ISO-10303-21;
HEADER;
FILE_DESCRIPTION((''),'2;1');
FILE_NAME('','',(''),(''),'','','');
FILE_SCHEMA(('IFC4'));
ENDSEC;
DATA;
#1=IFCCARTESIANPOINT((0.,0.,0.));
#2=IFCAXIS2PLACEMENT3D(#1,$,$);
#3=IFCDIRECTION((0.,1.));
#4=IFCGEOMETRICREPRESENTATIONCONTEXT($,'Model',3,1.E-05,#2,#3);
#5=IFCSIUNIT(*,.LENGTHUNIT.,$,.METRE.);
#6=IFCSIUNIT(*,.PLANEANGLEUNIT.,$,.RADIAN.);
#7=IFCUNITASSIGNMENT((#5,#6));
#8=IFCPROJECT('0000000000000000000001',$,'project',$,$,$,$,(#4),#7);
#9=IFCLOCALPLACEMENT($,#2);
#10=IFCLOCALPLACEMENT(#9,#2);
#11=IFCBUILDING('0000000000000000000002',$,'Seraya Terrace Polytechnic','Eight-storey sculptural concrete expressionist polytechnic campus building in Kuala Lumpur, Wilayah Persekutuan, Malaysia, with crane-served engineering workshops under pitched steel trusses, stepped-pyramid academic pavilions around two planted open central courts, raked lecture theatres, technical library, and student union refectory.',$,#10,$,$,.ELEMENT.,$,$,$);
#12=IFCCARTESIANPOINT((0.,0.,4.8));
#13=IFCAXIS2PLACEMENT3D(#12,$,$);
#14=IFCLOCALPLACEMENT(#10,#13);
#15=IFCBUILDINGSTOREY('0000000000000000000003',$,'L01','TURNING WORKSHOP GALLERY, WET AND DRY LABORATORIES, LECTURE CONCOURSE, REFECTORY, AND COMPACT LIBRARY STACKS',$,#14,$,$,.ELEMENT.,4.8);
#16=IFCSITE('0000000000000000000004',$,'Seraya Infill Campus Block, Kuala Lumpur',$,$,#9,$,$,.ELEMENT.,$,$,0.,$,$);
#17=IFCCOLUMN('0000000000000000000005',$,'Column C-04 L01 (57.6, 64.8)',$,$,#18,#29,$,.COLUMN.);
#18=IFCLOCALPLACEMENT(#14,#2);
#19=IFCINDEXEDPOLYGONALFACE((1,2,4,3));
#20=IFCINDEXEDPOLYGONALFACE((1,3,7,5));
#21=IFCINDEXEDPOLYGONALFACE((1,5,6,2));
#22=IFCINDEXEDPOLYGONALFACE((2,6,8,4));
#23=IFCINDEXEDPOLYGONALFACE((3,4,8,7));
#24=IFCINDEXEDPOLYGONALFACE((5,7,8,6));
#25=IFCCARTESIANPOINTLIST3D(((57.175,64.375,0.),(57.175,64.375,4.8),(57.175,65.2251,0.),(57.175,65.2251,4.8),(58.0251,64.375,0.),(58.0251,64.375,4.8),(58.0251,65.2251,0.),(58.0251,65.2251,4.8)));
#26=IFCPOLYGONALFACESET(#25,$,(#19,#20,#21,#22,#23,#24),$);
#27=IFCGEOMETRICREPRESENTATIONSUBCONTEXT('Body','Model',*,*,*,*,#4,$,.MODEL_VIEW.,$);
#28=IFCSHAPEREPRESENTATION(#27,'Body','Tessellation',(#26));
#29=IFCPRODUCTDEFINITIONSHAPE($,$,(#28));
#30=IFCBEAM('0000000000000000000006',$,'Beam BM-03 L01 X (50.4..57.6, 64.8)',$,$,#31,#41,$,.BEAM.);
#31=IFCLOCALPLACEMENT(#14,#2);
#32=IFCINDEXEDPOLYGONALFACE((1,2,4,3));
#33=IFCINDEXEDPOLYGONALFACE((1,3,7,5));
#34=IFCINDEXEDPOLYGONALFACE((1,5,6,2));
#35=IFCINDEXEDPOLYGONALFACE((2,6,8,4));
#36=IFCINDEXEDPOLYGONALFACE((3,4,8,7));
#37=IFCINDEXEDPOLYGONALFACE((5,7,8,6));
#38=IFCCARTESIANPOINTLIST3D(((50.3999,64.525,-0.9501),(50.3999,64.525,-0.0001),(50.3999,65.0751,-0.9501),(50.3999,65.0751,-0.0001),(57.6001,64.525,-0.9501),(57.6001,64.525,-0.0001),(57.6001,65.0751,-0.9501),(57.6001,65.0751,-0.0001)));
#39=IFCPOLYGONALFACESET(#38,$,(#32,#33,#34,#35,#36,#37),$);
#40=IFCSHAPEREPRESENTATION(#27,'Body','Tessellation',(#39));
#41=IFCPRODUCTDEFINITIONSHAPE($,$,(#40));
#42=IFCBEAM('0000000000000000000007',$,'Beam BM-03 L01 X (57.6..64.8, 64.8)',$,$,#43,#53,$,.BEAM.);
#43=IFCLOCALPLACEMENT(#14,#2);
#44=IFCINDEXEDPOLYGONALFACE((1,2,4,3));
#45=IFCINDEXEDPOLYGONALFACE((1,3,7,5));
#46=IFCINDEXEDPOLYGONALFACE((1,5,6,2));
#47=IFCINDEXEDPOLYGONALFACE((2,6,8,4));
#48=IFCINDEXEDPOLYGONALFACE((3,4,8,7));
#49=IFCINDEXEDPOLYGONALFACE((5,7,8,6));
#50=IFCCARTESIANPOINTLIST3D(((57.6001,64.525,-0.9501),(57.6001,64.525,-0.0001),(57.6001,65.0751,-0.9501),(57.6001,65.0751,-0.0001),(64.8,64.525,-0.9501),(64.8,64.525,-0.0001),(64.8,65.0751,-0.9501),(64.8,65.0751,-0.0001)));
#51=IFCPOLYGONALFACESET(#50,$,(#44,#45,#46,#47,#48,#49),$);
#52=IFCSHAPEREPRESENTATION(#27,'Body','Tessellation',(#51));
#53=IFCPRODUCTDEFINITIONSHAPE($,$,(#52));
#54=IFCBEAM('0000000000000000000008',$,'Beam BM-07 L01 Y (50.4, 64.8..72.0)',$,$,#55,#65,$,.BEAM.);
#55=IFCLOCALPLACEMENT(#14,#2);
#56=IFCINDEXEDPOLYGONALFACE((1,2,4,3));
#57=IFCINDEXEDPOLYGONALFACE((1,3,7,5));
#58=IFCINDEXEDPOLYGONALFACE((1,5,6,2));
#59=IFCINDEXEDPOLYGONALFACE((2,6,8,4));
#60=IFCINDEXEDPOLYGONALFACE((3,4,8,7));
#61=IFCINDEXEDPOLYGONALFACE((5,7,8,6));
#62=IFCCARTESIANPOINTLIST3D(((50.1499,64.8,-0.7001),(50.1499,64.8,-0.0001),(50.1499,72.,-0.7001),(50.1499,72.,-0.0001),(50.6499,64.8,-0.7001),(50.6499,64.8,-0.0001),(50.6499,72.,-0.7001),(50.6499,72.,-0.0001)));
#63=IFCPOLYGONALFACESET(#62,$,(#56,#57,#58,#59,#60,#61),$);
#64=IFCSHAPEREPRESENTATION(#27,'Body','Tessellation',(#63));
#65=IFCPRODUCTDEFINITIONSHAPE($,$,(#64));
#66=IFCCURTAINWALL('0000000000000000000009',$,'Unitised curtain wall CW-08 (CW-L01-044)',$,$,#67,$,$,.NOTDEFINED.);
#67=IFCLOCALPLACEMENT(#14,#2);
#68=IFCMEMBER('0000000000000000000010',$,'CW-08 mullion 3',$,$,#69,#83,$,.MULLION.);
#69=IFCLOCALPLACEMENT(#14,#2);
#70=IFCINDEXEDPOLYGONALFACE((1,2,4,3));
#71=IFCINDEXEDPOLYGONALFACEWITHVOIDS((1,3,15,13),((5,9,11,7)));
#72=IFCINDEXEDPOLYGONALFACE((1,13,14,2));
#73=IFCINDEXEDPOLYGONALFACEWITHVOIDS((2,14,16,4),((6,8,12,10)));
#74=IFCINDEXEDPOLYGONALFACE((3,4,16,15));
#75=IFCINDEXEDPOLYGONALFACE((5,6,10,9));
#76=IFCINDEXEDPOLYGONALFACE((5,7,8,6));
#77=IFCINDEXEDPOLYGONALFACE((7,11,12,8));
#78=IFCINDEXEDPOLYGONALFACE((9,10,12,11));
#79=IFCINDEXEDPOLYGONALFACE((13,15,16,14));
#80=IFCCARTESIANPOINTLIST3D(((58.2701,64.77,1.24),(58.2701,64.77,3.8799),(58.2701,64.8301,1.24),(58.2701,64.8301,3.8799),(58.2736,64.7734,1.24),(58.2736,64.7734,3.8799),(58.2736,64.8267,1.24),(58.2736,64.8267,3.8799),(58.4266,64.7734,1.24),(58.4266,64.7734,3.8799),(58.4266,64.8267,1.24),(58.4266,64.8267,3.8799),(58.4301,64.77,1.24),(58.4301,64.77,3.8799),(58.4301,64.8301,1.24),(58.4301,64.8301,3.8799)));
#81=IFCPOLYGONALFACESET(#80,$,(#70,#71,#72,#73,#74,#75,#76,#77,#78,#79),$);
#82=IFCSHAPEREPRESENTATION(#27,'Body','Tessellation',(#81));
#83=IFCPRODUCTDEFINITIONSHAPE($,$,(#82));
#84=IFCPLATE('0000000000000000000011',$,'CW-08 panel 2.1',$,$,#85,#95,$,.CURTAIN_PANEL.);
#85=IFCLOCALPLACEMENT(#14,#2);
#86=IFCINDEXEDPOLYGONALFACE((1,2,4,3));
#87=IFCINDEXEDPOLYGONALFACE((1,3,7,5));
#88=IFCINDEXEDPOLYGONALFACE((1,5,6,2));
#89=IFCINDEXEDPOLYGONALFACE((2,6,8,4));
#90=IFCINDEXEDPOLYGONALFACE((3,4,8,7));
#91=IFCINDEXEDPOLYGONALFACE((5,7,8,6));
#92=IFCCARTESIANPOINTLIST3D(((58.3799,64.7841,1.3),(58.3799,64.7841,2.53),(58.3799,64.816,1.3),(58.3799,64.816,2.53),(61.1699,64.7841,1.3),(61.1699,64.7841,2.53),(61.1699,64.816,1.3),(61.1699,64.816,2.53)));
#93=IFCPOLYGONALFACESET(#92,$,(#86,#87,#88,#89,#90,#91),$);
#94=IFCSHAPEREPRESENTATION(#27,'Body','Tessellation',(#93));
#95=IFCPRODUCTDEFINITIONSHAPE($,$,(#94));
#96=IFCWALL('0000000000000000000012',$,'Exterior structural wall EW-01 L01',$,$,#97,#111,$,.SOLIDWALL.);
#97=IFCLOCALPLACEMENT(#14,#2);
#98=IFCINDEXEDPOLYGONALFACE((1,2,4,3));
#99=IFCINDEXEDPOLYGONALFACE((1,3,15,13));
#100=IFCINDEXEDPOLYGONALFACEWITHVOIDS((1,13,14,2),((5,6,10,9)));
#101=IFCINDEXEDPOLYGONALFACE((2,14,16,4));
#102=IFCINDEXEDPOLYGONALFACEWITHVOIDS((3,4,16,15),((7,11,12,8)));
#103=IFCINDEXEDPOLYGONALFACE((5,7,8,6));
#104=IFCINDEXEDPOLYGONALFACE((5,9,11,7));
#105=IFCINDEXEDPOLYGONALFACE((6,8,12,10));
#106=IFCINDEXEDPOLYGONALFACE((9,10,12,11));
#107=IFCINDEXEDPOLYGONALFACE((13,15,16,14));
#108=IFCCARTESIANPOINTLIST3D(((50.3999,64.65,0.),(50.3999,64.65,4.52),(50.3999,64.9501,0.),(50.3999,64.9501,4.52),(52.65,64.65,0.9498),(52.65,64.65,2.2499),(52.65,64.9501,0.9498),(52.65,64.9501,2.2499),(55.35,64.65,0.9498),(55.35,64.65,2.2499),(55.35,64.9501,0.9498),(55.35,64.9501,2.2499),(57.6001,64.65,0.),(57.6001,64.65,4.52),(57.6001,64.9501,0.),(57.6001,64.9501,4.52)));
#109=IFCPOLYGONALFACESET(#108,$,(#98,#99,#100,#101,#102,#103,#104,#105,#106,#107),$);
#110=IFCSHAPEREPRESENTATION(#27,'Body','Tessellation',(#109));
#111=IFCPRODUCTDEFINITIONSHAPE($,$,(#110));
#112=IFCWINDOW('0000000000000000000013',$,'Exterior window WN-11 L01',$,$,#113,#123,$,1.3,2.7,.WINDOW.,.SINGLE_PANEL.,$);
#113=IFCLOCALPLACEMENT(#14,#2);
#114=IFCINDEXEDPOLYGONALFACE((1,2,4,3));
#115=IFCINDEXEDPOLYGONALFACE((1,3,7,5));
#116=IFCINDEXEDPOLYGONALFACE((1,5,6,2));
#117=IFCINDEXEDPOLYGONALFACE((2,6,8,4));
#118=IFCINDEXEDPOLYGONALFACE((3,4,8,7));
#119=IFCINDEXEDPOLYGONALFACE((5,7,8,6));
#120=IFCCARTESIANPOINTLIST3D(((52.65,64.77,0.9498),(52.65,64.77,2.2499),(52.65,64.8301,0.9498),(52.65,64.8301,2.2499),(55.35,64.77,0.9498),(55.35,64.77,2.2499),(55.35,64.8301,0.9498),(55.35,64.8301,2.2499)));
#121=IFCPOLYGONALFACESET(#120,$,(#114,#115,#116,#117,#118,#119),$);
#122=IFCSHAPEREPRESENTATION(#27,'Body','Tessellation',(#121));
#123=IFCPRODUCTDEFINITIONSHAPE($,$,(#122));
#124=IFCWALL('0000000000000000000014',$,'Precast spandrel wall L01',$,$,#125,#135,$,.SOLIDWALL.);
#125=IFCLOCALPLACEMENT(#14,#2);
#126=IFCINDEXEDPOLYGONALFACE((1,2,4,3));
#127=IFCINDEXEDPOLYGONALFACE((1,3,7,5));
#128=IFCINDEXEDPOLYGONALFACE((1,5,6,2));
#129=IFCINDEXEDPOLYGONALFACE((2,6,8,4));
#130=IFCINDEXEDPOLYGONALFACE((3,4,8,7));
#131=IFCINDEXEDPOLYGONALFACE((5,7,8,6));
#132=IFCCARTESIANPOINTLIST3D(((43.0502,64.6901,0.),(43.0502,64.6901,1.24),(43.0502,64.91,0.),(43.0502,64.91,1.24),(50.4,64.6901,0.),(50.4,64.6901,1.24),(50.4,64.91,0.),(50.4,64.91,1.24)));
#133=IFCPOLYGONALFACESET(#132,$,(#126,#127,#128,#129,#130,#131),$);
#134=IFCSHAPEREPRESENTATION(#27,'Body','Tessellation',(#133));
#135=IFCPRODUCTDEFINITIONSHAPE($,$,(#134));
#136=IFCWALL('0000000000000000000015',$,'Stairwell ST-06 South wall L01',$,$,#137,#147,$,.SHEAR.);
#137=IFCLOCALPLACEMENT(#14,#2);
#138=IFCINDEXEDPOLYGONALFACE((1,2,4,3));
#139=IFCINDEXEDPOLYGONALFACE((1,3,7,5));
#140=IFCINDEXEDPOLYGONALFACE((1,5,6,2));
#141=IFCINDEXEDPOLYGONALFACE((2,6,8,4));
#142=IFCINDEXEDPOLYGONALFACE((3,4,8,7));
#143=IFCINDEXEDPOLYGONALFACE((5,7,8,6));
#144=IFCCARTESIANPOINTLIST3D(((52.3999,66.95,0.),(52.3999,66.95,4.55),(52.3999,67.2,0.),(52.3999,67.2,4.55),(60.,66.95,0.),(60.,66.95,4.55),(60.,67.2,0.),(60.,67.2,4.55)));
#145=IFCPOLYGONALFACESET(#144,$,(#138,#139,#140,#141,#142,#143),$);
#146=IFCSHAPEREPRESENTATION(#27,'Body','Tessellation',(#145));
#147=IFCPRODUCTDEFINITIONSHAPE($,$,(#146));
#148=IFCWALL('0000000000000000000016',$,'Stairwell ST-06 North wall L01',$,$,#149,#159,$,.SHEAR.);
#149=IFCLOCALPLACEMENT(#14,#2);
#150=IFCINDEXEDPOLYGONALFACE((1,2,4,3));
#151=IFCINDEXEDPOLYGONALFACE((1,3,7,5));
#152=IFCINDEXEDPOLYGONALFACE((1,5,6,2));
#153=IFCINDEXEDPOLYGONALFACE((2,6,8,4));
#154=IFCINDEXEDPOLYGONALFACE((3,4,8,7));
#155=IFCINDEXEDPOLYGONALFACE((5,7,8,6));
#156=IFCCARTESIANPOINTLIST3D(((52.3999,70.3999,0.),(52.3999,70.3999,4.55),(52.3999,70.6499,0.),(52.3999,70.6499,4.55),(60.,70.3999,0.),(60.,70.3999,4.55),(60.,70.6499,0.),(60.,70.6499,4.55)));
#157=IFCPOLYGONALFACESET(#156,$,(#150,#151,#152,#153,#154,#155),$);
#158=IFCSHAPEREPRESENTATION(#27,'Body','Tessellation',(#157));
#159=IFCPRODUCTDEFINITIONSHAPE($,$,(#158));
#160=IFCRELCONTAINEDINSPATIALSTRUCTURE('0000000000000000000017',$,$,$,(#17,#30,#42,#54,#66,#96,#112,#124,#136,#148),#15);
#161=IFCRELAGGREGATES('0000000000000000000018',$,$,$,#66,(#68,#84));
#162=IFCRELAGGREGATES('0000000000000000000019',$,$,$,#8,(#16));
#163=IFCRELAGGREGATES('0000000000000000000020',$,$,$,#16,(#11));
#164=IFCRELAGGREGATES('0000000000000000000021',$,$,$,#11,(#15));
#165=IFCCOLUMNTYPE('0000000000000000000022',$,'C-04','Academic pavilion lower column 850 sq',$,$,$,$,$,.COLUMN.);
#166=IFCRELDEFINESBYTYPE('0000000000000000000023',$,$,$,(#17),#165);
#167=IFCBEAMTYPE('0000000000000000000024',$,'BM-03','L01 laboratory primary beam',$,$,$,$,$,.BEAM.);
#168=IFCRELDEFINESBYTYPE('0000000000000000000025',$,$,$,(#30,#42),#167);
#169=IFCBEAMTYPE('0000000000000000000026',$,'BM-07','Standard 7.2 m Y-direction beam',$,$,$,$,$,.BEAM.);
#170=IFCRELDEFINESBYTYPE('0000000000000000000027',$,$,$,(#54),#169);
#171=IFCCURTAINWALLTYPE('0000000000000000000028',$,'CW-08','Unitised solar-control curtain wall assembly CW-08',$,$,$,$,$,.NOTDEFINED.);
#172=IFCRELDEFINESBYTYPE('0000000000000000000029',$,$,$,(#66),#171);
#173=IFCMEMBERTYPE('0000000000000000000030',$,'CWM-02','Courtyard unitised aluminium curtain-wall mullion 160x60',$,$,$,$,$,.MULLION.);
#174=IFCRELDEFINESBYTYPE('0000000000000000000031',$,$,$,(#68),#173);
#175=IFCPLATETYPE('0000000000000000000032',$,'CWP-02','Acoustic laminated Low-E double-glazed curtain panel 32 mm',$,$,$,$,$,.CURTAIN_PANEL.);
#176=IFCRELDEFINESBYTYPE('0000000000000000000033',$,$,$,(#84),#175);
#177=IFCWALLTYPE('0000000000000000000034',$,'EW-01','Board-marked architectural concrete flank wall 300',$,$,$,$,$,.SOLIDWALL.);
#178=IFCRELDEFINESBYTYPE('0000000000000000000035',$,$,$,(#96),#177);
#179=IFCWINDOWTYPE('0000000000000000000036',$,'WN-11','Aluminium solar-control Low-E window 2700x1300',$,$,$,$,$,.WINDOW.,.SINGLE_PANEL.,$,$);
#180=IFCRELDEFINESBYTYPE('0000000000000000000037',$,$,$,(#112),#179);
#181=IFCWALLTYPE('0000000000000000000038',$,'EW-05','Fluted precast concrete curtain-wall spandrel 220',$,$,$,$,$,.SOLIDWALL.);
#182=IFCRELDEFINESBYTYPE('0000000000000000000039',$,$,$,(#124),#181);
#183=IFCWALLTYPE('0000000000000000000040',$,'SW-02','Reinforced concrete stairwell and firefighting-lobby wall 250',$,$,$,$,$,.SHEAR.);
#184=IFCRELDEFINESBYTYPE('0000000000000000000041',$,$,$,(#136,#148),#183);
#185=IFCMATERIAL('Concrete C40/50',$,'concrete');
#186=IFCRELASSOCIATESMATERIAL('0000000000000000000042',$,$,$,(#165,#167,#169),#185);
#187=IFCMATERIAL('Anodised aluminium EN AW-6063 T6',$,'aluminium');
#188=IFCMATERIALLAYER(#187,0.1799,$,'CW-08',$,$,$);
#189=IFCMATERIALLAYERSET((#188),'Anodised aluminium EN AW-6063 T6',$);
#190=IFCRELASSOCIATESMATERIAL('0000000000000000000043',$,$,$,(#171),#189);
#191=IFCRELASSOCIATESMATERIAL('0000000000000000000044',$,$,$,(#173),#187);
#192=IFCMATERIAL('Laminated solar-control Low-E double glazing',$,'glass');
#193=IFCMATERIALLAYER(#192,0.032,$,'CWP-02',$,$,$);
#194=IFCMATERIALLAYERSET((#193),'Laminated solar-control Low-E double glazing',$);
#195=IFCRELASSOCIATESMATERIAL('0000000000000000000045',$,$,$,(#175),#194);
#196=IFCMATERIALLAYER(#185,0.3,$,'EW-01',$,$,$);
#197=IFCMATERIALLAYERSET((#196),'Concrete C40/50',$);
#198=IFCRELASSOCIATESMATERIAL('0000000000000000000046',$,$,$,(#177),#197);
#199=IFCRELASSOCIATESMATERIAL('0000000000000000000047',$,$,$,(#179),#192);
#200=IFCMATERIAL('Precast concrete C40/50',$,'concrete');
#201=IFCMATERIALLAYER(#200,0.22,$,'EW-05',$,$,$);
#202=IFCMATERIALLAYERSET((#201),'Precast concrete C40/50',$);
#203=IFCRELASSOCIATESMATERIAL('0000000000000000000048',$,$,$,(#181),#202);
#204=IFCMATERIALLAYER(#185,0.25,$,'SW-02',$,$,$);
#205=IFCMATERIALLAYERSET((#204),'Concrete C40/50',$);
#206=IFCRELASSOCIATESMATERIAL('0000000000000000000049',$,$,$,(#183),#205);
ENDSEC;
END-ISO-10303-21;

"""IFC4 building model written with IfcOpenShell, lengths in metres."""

from ifc_helpers import new_model, si_unit, direction, frame, frame_2d, origin, origin_2d, place, context, subcontext, project, spatial, rectangle, hollow_rectangle, extrude, material, layer, layer_set, material_profile, profile_set, type_object, element, fill, aggregate, save


model = new_model("IFC4")

# Units and contexts
model_context = context("Model", 3, precision=1e-05, world=origin(), true_north=direction((0.0, 1.0)))
body_context = subcontext(model_context, "Body", "Model", "MODEL_VIEW")
ifc_project = project(units=[si_unit("LENGTHUNIT", "METRE"), si_unit("PLANEANGLEUNIT", "RADIAN")], contexts=[model_context])

# Site, building, storey
site_placement = place(None, origin())
site = spatial("IfcSite", under=ifc_project, at=site_placement, Name="Seraya Infill Campus Block, Kuala Lumpur", CompositionType="ELEMENT", RefElevation=0.0)
building_placement = place(site_placement, origin())
building = spatial("IfcBuilding", under=site, at=building_placement, Name="Seraya Terrace Polytechnic", Description="Eight-storey sculptural concrete expressionist polytechnic campus building in Kuala Lumpur, Wilayah Persekutuan, Malaysia, with crane-served engineering workshops under pitched steel trusses, stepped-pyramid academic pavilions around two planted open central courts, raked lecture theatres, technical library, and student union refectory.", CompositionType="ELEMENT")
storey_placement = place(building_placement, frame((0.0, 0.0, 4.8)))
storey = spatial("IfcBuildingStorey", under=building, at=storey_placement, Name="L01", Description="TURNING WORKSHOP GALLERY, WET AND DRY LABORATORIES, LECTURE CONCOURSE, REFECTORY, AND COMPACT LIBRARY STACKS", CompositionType="ELEMENT", Elevation=4.8)

# Column
ifc_material_1 = material(Name="Concrete C40/50", Category="concrete")
ifc_material_profile_1 = material_profile(ifc_material_1, rectangle(XDim=0.8501, YDim=0.8501, at=origin_2d()), Name="RC 850x850")
ifc_profile_set_1 = profile_set([ifc_material_profile_1], Name="Concrete C40/50")
column_type = type_object("IfcColumnType", Name="C-04", Description="Academic pavilion lower column 850 sq", PredefinedType="COLUMN", material=ifc_profile_set_1)
column_placement = place(storey_placement, frame((57.6001, 64.8, 0.0), z_axis=(0.0, 0.0, 1.0), x_axis=(1.0, 0.0, 0.0)))
element("IfcColumn", 1, at=column_placement, inside=storey, type_object=column_type, Name="Column C-04 L01 (57.6, 64.8)", PredefinedType="COLUMN", context=body_context, shape_type="SweptSolid", body=[
    extrude(rectangle(XDim=0.8501, YDim=0.8501, at=origin_2d()), origin(), (0.0, 0.0, 1.0), 4.8),
])

# Beams
ifc_material_profile_2 = material_profile(ifc_material_1, rectangle(XDim=0.55, YDim=0.95, at=origin_2d()), Name="RC 550x950")
ifc_profile_set_2 = profile_set([ifc_material_profile_2], Name="Concrete C40/50")
beam_type_1 = type_object("IfcBeamType", Name="BM-03", Description="L01 laboratory primary beam", PredefinedType="BEAM", material=ifc_profile_set_2)
beam_1_placement = place(storey_placement, frame((50.3999, 64.8, -0.4751), z_axis=(1.0, 0.0, 0.0), x_axis=(0.0, 1.0, 0.0)))
element("IfcBeam", 2, at=beam_1_placement, inside=storey, type_object=beam_type_1, Name="Beam BM-03 L01 X (50.4..57.6, 64.8)", PredefinedType="BEAM", context=body_context, shape_type="SweptSolid", body=[
    extrude(rectangle(XDim=0.55, YDim=0.95, at=origin_2d()), origin(), (0.0, 0.0, 1.0), 7.2002),
])
beam_2_placement = place(storey_placement, frame((57.6001, 64.8, -0.4751), z_axis=(1.0, 0.0, 0.0), x_axis=(0.0, 1.0, 0.0)))
element("IfcBeam", 3, at=beam_2_placement, inside=storey, type_object=beam_type_1, Name="Beam BM-03 L01 X (57.6..64.8, 64.8)", PredefinedType="BEAM", context=body_context, shape_type="SweptSolid", body=[
    extrude(rectangle(XDim=0.55, YDim=0.95, at=origin_2d()), origin(), (0.0, 0.0, 1.0), 7.2),
])
ifc_material_profile_3 = material_profile(ifc_material_1, rectangle(XDim=0.5, YDim=0.7, at=origin_2d()), Name="RC 500x700")
ifc_profile_set_3 = profile_set([ifc_material_profile_3], Name="Concrete C40/50")
beam_type_2 = type_object("IfcBeamType", Name="BM-07", Description="Standard 7.2 m Y-direction beam", PredefinedType="BEAM", material=ifc_profile_set_3)
beam_3_placement = place(storey_placement, frame((50.3999, 64.8, -0.3501), z_axis=(0.0, 1.0, 0.0), x_axis=(-1.0, 0.0, 0.0)))
element("IfcBeam", 4, at=beam_3_placement, inside=storey, type_object=beam_type_2, Name="Beam BM-07 L01 Y (50.4, 64.8..72.0)", PredefinedType="BEAM", context=body_context, shape_type="SweptSolid", body=[
    extrude(rectangle(XDim=0.5, YDim=0.7, at=origin_2d()), origin(), (0.0, 0.0, 1.0), 7.2),
])

# Curtain wall, member, plate
ifc_material_2 = material(Name="Anodised aluminium EN AW-6063 T6", Category="aluminium")
ifc_layer_1 = layer(ifc_material_2, 0.1799, Name="CW-08")
ifc_layer_set_1 = layer_set([ifc_layer_1], Name="Anodised aluminium EN AW-6063 T6")
curtain_wall_type = type_object("IfcCurtainWallType", Name="CW-08", Description="Unitised solar-control curtain wall assembly CW-08", PredefinedType="NOTDEFINED", material=ifc_layer_set_1)
curtain_wall_placement = place(storey_placement, origin())
curtain_wall = element("IfcCurtainWall", 5, at=curtain_wall_placement, inside=storey, type_object=curtain_wall_type, Name="Unitised curtain wall CW-08 (CW-L01-044)", PredefinedType="NOTDEFINED")
ifc_material_profile_4 = material_profile(ifc_material_2, hollow_rectangle(XDim=0.0601, YDim=0.1599, WallThickness=0.0034, at=origin_2d()), Name="RHS 160x60x3.5")
ifc_profile_set_4 = profile_set([ifc_material_profile_4], Name="Anodised aluminium EN AW-6063 T6")
member_type = type_object("IfcMemberType", Name="CWM-02", Description="Courtyard unitised aluminium curtain-wall mullion 160x60", PredefinedType="MULLION", material=ifc_profile_set_4)
member_placement = place(storey_placement, frame((58.3501, 64.8, 1.24), z_axis=(0.0, 0.0, 1.0), x_axis=(0.0, -1.0, 0.0)))
member = element("IfcMember", 6, at=member_placement, type_object=member_type, Name="CW-08 mullion 3", PredefinedType="MULLION", context=body_context, shape_type="SweptSolid", body=[
    extrude(hollow_rectangle(XDim=0.0601, YDim=0.1599, WallThickness=0.0034, at=origin_2d()), origin(), (0.0, 0.0, 1.0), 2.6399),
])
ifc_material_3 = material(Name="Laminated solar-control Low-E double glazing", Category="glass")
ifc_layer_2 = layer(ifc_material_3, 0.032, Name="CWP-02")
ifc_layer_set_2 = layer_set([ifc_layer_2], Name="Laminated solar-control Low-E double glazing")
plate_type = type_object("IfcPlateType", Name="CWP-02", Description="Acoustic laminated Low-E double-glazed curtain panel 32 mm", PredefinedType="CURTAIN_PANEL", material=ifc_layer_set_2)
plate_placement = place(storey_placement, frame((59.7749, 64.8, 1.3), z_axis=(0.0, 0.0, 1.0), x_axis=(-1.0, 0.0, 0.0)))
plate = element("IfcPlate", 7, at=plate_placement, type_object=plate_type, Name="CW-08 panel 2.1", PredefinedType="CURTAIN_PANEL", context=body_context, shape_type="SweptSolid", body=[
    extrude(rectangle(XDim=2.79, YDim=0.032, at=origin_2d()), origin(), (0.0, 0.0, 1.0), 1.23),
])
aggregate(curtain_wall, [member, plate])

# Wall, opening, window
ifc_layer_3 = layer(ifc_material_1, 0.3, Name="EW-01")
ifc_layer_set_3 = layer_set([ifc_layer_3], Name="Concrete C40/50")
wall_type_1 = type_object("IfcWallType", Name="EW-01", Description="Board-marked architectural concrete flank wall 300", PredefinedType="SOLIDWALL", material=ifc_layer_set_3)
wall_1_placement = place(storey_placement, frame((57.6001, 64.8, 0.0), z_axis=(0.0, 0.0, 1.0), x_axis=(-1.0, 0.0, 0.0)))
wall_1 = element("IfcWall", 8, at=wall_1_placement, inside=storey, type_object=wall_type_1, Name="Exterior structural wall EW-01 L01", PredefinedType="SOLIDWALL", context=body_context, shape_type="SweptSolid", body=[
    extrude(rectangle(XDim=7.2002, YDim=0.3, at=frame_2d((3.6001, 0.0))), origin(), (0.0, 0.0, 1.0), 4.52),
])
opening_1_placement = place(wall_1_placement, frame((2.25, 0.0, 0.95)))
opening_1 = element("IfcOpeningElement", 9, at=opening_1_placement, cuts=wall_1, PredefinedType="OPENING", context=body_context, shape_type="SweptSolid", body=[
    extrude(rectangle(XDim=2.7, YDim=1.3, at=frame_2d((1.3501, 0.6499))), frame((0.0, 0.1621, 0.0), z_axis=(0.0, -1.0, 0.0), x_axis=(1.0, 0.0, 0.0)), (0.0, 0.0, 1.0), 0.324),
])
window_type = type_object("IfcWindowType", Name="WN-11", Description="Aluminium solar-control Low-E window 2700x1300", PartitioningType="SINGLE_PANEL", PredefinedType="WINDOW", material=ifc_material_3)
window_placement = place(opening_1_placement, origin())
window = element("IfcWindow", 10, at=window_placement, inside=storey, type_object=window_type, Name="Exterior window WN-11 L01", OverallHeight=1.3, OverallWidth=2.7, PartitioningType="SINGLE_PANEL", PredefinedType="WINDOW", context=body_context, shape_type="SweptSolid", body=[
    extrude(rectangle(XDim=2.7, YDim=1.3, at=frame_2d((1.3501, 0.6499))), frame((0.0, 0.03, 0.0), z_axis=(0.0, -1.0, 0.0), x_axis=(1.0, 0.0, 0.0)), (0.0, 0.0, 1.0), 0.0601),
])
fill(opening_1, window)

# Wall
ifc_material_4 = material(Name="Precast concrete C40/50", Category="concrete")
ifc_layer_4 = layer(ifc_material_4, 0.22, Name="EW-05")
ifc_layer_set_4 = layer_set([ifc_layer_4], Name="Precast concrete C40/50")
wall_type_2 = type_object("IfcWallType", Name="EW-05", Description="Fluted precast concrete curtain-wall spandrel 220", PredefinedType="SOLIDWALL", material=ifc_layer_set_4)
wall_2_placement = place(storey_placement, frame((50.3999, 64.8, 0.0), z_axis=(0.0, 0.0, 1.0), x_axis=(-1.0, 0.0, 0.0)))
element("IfcWall", 11, at=wall_2_placement, inside=storey, type_object=wall_type_2, Name="Precast spandrel wall L01", PredefinedType="SOLIDWALL", context=body_context, shape_type="SweptSolid", body=[
    extrude(rectangle(XDim=7.3499, YDim=0.22, at=frame_2d((3.6748, 0.0))), origin(), (0.0, 0.0, 1.0), 1.24),
])

# Shared definitions
ifc_layer_5 = layer(ifc_material_1, 0.25, Name="SW-02")
ifc_layer_set_5 = layer_set([ifc_layer_5], Name="Concrete C40/50")
wall_type_3 = type_object("IfcWallType", Name="SW-02", Description="Reinforced concrete stairwell and firefighting-lobby wall 250", PredefinedType="SHEAR", material=ifc_layer_set_5)

# Walls
for number, where, z_axis, x_axis, name in (
    (12, (52.3999, 67.075, 0.0), (0.0, 0.0, 1.0), (1.0, 0.0, 0.0), "Stairwell ST-06 South wall L01"),
    (13, (52.3999, 70.5249, 0.0), (0.0, 0.0, 1.0), (1.0, 0.0, 0.0), "Stairwell ST-06 North wall L01"),
):
    element("IfcWall", number, at=place(storey_placement, frame(where, z_axis=z_axis, x_axis=x_axis)), inside=storey, type_object=wall_type_3, Name=name, PredefinedType="SHEAR", context=body_context, shape_type="SweptSolid", body=[
        extrude(rectangle(XDim=7.6001, YDim=0.25, at=frame_2d((3.8, 0.0))), origin(), (0.0, 0.0, 1.0), 4.55),
    ])

save(model, "model.ifc")
